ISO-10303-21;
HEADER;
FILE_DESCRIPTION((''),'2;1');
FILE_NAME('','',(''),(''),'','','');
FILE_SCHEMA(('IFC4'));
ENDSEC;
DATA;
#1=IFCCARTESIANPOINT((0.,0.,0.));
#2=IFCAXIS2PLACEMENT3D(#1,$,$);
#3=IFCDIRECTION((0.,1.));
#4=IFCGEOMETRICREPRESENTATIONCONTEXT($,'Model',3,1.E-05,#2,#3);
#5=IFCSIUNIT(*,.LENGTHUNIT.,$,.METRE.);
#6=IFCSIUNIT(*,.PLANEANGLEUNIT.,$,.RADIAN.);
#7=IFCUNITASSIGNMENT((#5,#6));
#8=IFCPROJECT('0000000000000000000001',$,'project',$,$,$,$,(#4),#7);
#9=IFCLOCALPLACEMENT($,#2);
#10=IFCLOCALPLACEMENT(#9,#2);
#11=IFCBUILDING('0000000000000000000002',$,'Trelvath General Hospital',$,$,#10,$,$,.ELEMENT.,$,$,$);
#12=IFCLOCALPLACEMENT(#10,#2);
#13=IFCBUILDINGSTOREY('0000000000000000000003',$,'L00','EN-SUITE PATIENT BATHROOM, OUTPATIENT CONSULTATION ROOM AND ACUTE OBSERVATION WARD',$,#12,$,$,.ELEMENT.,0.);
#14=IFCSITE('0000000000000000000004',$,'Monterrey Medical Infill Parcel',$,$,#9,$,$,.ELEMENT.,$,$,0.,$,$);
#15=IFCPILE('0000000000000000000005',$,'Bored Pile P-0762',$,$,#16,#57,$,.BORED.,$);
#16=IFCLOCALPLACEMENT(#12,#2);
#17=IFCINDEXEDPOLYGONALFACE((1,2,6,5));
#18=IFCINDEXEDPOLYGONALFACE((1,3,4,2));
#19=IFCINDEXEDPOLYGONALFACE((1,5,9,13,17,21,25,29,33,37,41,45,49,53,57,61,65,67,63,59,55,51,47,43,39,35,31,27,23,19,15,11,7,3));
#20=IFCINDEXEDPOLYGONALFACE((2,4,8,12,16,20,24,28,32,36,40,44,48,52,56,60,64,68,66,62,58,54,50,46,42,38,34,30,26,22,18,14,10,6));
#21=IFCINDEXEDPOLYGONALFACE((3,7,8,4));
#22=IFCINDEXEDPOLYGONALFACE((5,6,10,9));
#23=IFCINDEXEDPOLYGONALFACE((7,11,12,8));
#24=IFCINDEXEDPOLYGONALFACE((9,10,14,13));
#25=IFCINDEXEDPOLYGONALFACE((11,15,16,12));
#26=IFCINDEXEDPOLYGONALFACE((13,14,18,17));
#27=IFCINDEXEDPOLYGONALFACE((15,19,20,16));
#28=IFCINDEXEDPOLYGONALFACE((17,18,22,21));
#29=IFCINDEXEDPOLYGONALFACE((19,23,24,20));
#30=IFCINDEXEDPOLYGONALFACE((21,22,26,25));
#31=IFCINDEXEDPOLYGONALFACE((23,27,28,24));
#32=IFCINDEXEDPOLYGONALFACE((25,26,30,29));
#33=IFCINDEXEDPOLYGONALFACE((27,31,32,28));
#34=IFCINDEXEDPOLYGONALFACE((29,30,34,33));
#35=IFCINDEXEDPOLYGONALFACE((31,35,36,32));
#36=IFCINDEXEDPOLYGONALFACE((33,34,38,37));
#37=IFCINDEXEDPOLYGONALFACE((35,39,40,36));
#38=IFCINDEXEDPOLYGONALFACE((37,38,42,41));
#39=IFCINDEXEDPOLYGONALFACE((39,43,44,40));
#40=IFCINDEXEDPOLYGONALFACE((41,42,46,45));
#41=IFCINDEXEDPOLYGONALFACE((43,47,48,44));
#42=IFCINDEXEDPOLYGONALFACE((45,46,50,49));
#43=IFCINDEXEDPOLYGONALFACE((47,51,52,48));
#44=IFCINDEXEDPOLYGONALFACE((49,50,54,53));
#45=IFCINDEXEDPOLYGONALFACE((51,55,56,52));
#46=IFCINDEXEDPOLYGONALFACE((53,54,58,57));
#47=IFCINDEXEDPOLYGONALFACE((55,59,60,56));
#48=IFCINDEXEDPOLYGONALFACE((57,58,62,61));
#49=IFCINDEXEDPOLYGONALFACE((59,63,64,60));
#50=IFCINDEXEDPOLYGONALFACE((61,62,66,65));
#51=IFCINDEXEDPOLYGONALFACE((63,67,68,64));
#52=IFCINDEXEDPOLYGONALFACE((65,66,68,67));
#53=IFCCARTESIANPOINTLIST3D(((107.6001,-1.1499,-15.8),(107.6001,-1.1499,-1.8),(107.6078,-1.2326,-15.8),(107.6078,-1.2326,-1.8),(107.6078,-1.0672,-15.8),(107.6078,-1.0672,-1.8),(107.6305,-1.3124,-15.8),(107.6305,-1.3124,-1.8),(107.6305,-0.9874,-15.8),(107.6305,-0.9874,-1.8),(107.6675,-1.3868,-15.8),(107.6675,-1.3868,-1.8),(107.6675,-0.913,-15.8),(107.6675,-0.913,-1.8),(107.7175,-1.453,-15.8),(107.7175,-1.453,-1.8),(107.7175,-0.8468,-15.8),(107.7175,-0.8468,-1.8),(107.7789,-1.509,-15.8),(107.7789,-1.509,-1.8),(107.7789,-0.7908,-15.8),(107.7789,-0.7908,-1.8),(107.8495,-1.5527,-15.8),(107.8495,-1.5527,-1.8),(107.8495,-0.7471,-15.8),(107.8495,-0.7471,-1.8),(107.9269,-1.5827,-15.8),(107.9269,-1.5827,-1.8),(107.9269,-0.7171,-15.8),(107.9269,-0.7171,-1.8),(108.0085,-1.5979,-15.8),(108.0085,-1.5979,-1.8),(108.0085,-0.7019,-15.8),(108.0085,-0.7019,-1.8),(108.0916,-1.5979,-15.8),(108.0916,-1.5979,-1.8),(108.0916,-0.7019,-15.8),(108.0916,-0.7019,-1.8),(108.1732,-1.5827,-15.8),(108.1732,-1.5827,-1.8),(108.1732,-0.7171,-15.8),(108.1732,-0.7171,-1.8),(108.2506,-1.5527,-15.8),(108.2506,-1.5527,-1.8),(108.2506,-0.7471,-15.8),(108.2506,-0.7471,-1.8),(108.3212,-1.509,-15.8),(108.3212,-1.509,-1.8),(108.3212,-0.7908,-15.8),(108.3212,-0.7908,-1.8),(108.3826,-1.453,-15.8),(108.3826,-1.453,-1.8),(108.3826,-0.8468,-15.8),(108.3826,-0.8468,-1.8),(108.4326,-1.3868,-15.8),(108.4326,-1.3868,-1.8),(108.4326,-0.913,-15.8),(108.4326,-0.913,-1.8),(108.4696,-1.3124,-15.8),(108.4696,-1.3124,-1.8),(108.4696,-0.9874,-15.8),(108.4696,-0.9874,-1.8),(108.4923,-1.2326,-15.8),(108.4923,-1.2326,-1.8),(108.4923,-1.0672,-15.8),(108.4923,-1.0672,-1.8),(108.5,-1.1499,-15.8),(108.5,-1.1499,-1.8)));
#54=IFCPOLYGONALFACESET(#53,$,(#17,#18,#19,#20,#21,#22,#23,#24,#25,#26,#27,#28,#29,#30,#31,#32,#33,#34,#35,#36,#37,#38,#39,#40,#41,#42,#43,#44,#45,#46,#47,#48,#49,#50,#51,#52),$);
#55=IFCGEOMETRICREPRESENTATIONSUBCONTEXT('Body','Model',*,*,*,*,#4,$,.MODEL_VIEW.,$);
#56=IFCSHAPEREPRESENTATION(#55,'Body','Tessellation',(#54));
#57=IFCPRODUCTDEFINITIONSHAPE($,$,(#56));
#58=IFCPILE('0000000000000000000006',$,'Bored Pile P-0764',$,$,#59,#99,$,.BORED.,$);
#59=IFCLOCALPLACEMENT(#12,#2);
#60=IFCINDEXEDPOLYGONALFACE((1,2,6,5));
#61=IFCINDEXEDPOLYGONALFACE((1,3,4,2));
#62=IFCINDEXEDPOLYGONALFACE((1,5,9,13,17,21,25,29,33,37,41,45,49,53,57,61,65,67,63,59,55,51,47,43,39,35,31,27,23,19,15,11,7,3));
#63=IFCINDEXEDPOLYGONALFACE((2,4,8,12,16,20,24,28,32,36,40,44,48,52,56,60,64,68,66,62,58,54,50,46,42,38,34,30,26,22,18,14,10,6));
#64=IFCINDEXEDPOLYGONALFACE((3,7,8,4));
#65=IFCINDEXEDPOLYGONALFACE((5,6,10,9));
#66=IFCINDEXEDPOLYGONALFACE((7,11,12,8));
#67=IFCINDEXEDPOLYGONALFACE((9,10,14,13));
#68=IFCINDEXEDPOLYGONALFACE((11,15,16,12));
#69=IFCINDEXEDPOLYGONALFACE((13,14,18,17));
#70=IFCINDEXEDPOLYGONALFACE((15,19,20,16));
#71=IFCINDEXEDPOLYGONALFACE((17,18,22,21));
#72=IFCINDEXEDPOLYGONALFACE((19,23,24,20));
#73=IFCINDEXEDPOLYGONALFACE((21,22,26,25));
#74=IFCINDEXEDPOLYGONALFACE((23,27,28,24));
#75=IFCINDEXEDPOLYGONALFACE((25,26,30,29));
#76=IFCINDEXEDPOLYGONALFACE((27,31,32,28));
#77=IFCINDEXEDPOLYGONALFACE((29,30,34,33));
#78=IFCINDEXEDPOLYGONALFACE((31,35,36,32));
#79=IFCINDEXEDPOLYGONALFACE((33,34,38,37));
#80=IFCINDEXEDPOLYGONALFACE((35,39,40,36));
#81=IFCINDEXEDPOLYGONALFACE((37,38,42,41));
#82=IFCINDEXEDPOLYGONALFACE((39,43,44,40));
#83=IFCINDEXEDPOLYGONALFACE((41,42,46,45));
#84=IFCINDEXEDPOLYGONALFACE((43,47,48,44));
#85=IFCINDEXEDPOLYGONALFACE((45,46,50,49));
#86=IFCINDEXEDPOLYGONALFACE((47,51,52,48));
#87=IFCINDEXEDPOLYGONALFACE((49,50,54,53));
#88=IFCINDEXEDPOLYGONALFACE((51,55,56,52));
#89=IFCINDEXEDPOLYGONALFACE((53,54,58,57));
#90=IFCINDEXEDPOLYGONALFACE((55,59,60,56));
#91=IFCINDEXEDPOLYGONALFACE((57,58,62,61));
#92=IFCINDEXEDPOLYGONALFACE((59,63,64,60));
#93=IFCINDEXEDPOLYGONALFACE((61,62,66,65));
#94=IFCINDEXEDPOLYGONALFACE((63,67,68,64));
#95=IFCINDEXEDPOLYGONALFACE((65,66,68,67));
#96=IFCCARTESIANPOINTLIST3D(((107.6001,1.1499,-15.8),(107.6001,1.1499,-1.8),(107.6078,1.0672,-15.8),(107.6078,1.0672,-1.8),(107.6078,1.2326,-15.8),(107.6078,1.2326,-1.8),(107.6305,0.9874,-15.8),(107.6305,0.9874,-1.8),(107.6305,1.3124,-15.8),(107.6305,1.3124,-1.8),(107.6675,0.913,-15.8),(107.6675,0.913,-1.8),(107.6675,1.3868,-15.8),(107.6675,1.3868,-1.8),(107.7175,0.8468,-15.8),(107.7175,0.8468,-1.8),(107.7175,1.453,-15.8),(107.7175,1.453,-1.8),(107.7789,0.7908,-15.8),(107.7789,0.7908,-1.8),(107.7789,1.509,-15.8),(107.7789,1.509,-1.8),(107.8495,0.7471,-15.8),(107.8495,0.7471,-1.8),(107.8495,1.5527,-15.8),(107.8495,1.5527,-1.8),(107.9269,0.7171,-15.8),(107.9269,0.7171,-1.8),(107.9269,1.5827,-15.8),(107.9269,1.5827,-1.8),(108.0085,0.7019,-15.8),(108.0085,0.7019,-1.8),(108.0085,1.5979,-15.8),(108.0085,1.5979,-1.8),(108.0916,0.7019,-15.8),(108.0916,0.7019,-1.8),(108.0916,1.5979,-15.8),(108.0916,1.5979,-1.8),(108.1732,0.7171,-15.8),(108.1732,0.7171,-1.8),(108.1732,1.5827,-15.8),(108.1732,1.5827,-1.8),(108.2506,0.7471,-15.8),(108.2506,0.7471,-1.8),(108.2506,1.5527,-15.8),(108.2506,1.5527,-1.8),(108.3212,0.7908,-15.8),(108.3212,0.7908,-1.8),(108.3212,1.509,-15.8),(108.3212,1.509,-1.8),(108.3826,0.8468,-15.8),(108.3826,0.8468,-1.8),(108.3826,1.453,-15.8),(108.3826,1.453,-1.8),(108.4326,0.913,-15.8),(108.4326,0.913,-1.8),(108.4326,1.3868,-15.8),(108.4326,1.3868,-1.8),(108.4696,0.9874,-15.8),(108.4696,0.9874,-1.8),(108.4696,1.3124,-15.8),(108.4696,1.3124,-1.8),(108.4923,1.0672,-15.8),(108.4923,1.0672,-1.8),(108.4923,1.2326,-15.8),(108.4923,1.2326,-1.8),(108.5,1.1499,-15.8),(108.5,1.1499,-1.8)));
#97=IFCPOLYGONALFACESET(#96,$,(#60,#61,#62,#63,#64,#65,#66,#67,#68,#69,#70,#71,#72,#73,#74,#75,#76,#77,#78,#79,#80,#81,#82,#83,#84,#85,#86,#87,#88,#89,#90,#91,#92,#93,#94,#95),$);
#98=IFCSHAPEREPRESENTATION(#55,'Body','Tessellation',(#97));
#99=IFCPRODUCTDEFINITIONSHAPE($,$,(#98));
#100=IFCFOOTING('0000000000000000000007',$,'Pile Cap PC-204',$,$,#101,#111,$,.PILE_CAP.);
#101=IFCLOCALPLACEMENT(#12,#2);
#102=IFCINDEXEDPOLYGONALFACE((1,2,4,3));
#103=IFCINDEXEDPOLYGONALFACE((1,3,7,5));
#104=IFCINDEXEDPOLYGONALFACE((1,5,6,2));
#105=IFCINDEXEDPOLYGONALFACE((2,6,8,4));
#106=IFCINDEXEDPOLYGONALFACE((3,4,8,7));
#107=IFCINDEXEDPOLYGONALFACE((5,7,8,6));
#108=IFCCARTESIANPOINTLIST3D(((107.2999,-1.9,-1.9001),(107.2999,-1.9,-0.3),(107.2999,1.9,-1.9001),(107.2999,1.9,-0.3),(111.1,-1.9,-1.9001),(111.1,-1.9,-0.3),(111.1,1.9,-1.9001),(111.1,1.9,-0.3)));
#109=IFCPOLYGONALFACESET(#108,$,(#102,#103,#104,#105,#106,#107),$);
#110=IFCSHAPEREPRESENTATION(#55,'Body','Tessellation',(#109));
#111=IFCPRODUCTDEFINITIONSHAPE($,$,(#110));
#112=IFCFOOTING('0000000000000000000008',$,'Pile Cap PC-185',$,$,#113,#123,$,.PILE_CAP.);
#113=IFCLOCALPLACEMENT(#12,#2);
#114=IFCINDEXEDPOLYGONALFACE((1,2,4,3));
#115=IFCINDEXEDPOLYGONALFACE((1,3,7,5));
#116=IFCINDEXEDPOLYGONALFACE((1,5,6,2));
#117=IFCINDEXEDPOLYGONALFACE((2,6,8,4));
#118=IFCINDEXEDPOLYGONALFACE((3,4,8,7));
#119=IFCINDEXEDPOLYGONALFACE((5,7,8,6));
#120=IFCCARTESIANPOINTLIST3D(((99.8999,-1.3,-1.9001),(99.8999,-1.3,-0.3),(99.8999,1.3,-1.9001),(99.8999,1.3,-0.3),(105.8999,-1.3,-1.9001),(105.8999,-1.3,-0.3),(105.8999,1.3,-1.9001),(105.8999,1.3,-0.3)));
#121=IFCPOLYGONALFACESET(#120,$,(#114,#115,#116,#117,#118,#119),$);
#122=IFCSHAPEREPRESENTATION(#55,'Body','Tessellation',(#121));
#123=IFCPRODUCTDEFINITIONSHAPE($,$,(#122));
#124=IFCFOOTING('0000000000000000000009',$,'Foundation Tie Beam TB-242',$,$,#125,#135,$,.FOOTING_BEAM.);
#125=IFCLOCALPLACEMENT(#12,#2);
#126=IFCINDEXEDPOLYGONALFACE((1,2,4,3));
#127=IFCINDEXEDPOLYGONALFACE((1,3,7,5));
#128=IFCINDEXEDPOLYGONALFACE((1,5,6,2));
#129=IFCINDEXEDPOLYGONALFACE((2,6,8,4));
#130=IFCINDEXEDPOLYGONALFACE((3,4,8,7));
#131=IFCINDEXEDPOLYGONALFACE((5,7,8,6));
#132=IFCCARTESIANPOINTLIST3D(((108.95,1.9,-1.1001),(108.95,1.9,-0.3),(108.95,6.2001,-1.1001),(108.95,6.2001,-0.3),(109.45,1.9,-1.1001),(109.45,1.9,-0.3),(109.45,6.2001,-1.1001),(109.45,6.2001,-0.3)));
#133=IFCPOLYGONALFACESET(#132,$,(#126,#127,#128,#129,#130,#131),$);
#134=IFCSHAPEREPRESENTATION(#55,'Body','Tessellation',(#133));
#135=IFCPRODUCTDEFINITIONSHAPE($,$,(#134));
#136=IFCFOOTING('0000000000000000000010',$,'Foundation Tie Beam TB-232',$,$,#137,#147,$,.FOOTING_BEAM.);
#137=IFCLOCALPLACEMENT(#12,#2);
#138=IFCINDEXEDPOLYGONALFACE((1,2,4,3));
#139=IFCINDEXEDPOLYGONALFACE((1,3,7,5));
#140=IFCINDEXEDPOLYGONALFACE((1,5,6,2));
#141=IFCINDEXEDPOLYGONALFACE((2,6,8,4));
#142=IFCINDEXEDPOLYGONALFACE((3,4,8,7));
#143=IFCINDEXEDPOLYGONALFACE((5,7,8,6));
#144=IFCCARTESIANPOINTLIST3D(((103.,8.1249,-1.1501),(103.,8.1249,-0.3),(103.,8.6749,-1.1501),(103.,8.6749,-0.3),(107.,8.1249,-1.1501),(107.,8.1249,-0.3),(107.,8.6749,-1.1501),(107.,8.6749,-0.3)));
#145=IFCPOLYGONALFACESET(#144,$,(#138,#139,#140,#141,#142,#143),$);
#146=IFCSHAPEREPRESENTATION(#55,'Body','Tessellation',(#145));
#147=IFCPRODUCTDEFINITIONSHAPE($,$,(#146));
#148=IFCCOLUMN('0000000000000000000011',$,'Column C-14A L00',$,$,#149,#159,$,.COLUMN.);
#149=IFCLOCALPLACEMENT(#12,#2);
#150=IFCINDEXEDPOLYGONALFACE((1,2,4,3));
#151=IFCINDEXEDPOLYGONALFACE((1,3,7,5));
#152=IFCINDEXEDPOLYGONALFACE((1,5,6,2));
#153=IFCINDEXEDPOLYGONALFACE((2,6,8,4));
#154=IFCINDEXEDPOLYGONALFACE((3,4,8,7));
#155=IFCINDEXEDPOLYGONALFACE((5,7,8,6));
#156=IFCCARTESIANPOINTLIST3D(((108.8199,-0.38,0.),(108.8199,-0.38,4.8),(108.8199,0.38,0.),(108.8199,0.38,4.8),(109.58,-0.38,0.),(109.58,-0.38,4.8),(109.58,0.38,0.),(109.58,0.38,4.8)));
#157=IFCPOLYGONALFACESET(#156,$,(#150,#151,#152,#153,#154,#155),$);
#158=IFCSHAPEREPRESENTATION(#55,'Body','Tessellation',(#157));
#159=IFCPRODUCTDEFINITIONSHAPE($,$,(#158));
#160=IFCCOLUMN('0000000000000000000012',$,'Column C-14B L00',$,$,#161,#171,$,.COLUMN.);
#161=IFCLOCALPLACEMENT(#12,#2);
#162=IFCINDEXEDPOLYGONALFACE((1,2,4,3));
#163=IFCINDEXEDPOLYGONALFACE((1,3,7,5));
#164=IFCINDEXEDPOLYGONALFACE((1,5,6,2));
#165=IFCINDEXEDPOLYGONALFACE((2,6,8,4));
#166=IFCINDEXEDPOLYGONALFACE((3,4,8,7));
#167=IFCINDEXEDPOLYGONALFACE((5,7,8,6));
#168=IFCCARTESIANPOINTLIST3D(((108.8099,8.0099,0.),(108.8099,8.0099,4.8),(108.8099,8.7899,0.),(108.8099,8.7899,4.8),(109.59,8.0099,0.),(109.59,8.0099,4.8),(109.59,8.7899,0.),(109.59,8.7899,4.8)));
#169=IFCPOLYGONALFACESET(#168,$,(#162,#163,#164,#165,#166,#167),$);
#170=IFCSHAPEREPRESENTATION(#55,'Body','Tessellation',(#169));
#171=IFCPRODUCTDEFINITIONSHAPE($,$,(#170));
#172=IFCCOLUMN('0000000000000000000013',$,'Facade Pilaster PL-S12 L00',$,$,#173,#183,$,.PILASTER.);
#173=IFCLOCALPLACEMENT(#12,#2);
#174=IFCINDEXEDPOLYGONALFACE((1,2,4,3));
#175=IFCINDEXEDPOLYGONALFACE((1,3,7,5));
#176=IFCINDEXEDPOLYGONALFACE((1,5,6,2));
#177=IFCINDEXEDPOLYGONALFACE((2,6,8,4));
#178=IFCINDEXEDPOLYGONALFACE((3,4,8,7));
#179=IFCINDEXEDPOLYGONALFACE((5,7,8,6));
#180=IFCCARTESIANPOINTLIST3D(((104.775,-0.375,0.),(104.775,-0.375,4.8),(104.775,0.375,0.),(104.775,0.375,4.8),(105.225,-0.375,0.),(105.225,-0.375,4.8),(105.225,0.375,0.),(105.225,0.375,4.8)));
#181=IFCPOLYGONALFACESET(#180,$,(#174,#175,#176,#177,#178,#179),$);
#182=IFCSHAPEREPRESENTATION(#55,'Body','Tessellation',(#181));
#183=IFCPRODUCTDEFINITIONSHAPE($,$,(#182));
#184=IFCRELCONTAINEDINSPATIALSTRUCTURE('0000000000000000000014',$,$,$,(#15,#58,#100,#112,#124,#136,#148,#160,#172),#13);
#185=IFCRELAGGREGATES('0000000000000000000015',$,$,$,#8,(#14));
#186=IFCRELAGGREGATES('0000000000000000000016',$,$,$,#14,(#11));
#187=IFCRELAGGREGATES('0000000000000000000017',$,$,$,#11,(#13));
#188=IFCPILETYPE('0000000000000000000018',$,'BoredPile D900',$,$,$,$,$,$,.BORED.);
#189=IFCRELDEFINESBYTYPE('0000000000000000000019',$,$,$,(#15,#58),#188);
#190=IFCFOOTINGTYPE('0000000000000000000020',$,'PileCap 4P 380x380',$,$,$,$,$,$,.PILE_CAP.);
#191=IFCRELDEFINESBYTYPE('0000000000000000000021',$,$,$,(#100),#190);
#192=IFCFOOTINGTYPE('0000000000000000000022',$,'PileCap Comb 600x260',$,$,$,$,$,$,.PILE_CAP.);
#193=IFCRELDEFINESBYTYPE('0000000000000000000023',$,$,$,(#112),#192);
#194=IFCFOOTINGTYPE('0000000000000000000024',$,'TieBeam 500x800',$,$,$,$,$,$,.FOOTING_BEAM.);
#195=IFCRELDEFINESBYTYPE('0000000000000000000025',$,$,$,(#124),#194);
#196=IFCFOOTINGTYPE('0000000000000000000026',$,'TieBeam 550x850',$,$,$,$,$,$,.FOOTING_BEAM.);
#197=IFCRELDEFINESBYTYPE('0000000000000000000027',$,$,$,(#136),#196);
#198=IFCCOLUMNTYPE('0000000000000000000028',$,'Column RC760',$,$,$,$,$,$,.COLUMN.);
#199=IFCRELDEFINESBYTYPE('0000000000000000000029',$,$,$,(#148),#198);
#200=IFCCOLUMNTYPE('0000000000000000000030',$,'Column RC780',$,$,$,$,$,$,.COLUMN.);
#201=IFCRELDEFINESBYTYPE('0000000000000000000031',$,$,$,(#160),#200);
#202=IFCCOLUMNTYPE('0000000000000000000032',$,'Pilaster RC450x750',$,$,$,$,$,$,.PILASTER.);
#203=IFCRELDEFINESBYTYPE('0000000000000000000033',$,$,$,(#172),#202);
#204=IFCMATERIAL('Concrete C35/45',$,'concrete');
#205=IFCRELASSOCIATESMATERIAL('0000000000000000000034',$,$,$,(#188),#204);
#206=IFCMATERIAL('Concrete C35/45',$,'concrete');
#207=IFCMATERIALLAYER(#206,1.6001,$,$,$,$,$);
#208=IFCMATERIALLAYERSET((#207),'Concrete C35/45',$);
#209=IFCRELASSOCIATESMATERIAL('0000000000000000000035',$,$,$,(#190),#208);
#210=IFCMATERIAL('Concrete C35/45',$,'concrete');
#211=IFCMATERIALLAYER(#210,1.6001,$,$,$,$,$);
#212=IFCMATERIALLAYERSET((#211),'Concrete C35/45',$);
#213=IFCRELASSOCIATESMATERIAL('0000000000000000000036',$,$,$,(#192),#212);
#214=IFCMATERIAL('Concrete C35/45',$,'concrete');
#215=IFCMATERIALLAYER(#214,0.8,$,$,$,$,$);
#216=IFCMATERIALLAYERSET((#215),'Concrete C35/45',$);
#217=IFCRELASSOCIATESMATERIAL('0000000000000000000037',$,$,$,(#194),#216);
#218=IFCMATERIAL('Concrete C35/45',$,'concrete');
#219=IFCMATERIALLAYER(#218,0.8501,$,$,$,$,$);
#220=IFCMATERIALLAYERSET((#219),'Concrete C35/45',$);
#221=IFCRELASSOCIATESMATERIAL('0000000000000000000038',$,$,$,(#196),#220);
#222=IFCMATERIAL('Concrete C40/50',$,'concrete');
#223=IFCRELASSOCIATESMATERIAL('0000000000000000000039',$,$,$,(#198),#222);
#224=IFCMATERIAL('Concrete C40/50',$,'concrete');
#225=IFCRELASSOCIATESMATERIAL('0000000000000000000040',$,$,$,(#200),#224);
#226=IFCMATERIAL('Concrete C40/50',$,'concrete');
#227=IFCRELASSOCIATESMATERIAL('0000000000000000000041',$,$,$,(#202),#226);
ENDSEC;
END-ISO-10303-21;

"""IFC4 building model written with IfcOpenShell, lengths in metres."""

from ifc_helpers import new_model, si_unit, direction, frame, origin, origin_2d, place, context, subcontext, project, spatial, rectangle, circle, extrude, material, layer, layer_set, material_profile, profile_set, type_object, element, save


model = new_model("IFC4")

# Units and contexts
model_context = context("Model", 3, precision=1e-05, world=origin(), true_north=direction((0.0, 1.0)))
body_context = subcontext(model_context, "Body", "Model", "MODEL_VIEW")
ifc_project = project(units=[si_unit("LENGTHUNIT", "METRE"), si_unit("PLANEANGLEUNIT", "RADIAN")], contexts=[model_context])

# Site, building, storey
site_placement = place(None, origin())
site = spatial("IfcSite", under=ifc_project, at=site_placement, Name="Monterrey Medical Infill Parcel", CompositionType="ELEMENT", RefElevation=0.0)
building_placement = place(site_placement, origin())
building = spatial("IfcBuilding", under=site, at=building_placement, Name="Trelvath General Hospital", CompositionType="ELEMENT")
storey_placement = place(building_placement, origin())
storey = spatial("IfcBuildingStorey", under=building, at=storey_placement, Name="L00", Description="EN-SUITE PATIENT BATHROOM, OUTPATIENT CONSULTATION ROOM AND ACUTE OBSERVATION WARD", CompositionType="ELEMENT", Elevation=0.0)

# Piles
ifc_material_1 = material(Name="Concrete C35/45", Category="concrete")
ifc_material_profile_1 = material_profile(ifc_material_1, circle(Radius=0.45, at=origin_2d()), Name="PILE900")
ifc_profile_set_1 = profile_set([ifc_material_profile_1], Name="Concrete C35/45")
pile_type_1 = type_object("IfcPileType", Name="BoredPile D900", PredefinedType="BORED", material=ifc_profile_set_1)
for number, where, z_axis, x_axis, name in (
    (1, (108.05, -1.1499, -1.8), (0.0, 0.0, -1.0), (1.0, 0.0, 0.0), "Bored Pile P-0762"),
    (2, (108.05, 1.1499, -1.8), (0.0, 0.0, -1.0), (1.0, 0.0, 0.0), "Bored Pile P-0764"),
):
    element("IfcPile", number, at=place(storey_placement, frame(where, z_axis=z_axis, x_axis=x_axis)), inside=storey, type_object=pile_type_1, Name=name, PredefinedType="BORED", context=body_context, shape_type="SweptSolid", body=[
        extrude(circle(Radius=0.45, at=origin_2d()), origin(), (0.0, 0.0, 1.0), 14.0),
    ])

# Footings
ifc_material_2 = material(Name="Concrete C35/45", Category="concrete")
ifc_layer_1 = layer(ifc_material_2, 1.6001)
ifc_layer_set_1 = layer_set([ifc_layer_1], Name="Concrete C35/45")
footing_type_1 = type_object("IfcFootingType", Name="PileCap 4P 380x380", PredefinedType="PILE_CAP", material=ifc_layer_set_1)
footing_1_placement = place(storey_placement, frame((109.2, 0.0, -1.9001), z_axis=(0.0, 0.0, 1.0), x_axis=(1.0, 0.0, 0.0)))
element("IfcFooting", 3, at=footing_1_placement, inside=storey, type_object=footing_type_1, Name="Pile Cap PC-204", PredefinedType="PILE_CAP", context=body_context, shape_type="SweptSolid", body=[
    extrude(rectangle(XDim=3.8, YDim=3.8, at=origin_2d()), origin(), (0.0, 0.0, 1.0), 1.6001),
])
ifc_material_3 = material(Name="Concrete C35/45", Category="concrete")
ifc_layer_2 = layer(ifc_material_3, 1.6001)
ifc_layer_set_2 = layer_set([ifc_layer_2], Name="Concrete C35/45")
footing_type_2 = type_object("IfcFootingType", Name="PileCap Comb 600x260", PredefinedType="PILE_CAP", material=ifc_layer_set_2)
footing_2_placement = place(storey_placement, frame((102.8999, 0.0, -1.9001), z_axis=(0.0, 0.0, 1.0), x_axis=(1.0, 0.0, 0.0)))
element("IfcFooting", 4, at=footing_2_placement, inside=storey, type_object=footing_type_2, Name="Pile Cap PC-185", PredefinedType="PILE_CAP", context=body_context, shape_type="SweptSolid", body=[
    extrude(rectangle(XDim=6.0, YDim=2.6001, at=origin_2d()), origin(), (0.0, 0.0, 1.0), 1.6001),
])
ifc_material_4 = material(Name="Concrete C35/45", Category="concrete")
ifc_layer_3 = layer(ifc_material_4, 0.8)
ifc_layer_set_3 = layer_set([ifc_layer_3], Name="Concrete C35/45")
footing_type_3 = type_object("IfcFootingType", Name="TieBeam 500x800", PredefinedType="FOOTING_BEAM", material=ifc_layer_set_3)
footing_3_placement = place(storey_placement, frame((109.2, 4.05, -1.1001), z_axis=(0.0, 0.0, 1.0), x_axis=(1.0, 0.0, 0.0)))
element("IfcFooting", 5, at=footing_3_placement, inside=storey, type_object=footing_type_3, Name="Foundation Tie Beam TB-242", PredefinedType="FOOTING_BEAM", context=body_context, shape_type="SweptSolid", body=[
    extrude(rectangle(XDim=0.5, YDim=4.3, at=origin_2d()), origin(), (0.0, 0.0, 1.0), 0.8),
])
ifc_material_5 = material(Name="Concrete C35/45", Category="concrete")
ifc_layer_4 = layer(ifc_material_5, 0.8501)
ifc_layer_set_4 = layer_set([ifc_layer_4], Name="Concrete C35/45")
footing_type_4 = type_object("IfcFootingType", Name="TieBeam 550x850", PredefinedType="FOOTING_BEAM", material=ifc_layer_set_4)
footing_4_placement = place(storey_placement, frame((105.0, 8.3999, -1.1501), z_axis=(0.0, 0.0, 1.0), x_axis=(1.0, 0.0, 0.0)))
element("IfcFooting", 6, at=footing_4_placement, inside=storey, type_object=footing_type_4, Name="Foundation Tie Beam TB-232", PredefinedType="FOOTING_BEAM", context=body_context, shape_type="SweptSolid", body=[
    extrude(rectangle(XDim=4.0, YDim=0.55, at=origin_2d()), origin(), (0.0, 0.0, 1.0), 0.8501),
])

# Columns
ifc_material_6 = material(Name="Concrete C40/50", Category="concrete")
ifc_material_profile_2 = material_profile(ifc_material_6, rectangle(XDim=0.76, YDim=0.76, at=origin_2d()), Name="RC760x760")
ifc_profile_set_2 = profile_set([ifc_material_profile_2], Name="Concrete C40/50")
column_type_1 = type_object("IfcColumnType", Name="Column RC760", PredefinedType="COLUMN", material=ifc_profile_set_2)
column_1_placement = place(storey_placement, frame((109.2, 0.0, 0.0), z_axis=(0.0, 0.0, 1.0), x_axis=(1.0, 0.0, 0.0)))
element("IfcColumn", 7, at=column_1_placement, inside=storey, type_object=column_type_1, Name="Column C-14A L00", PredefinedType="COLUMN", context=body_context, shape_type="SweptSolid", body=[
    extrude(rectangle(XDim=0.76, YDim=0.76, at=origin_2d()), origin(), (0.0, 0.0, 1.0), 4.8),
])
ifc_material_7 = material(Name="Concrete C40/50", Category="concrete")
ifc_material_profile_3 = material_profile(ifc_material_7, rectangle(XDim=0.78, YDim=0.78, at=origin_2d()), Name="RC780x780")
ifc_profile_set_3 = profile_set([ifc_material_profile_3], Name="Concrete C40/50")
column_type_2 = type_object("IfcColumnType", Name="Column RC780", PredefinedType="COLUMN", material=ifc_profile_set_3)
column_2_placement = place(storey_placement, frame((109.2, 8.3999, 0.0), z_axis=(0.0, 0.0, 1.0), x_axis=(1.0, 0.0, 0.0)))
element("IfcColumn", 8, at=column_2_placement, inside=storey, type_object=column_type_2, Name="Column C-14B L00", PredefinedType="COLUMN", context=body_context, shape_type="SweptSolid", body=[
    extrude(rectangle(XDim=0.78, YDim=0.78, at=origin_2d()), origin(), (0.0, 0.0, 1.0), 4.8),
])
ifc_material_8 = material(Name="Concrete C40/50", Category="concrete")
ifc_material_profile_4 = material_profile(ifc_material_8, rectangle(XDim=0.45, YDim=0.75, at=origin_2d()), Name="RC450x750")
ifc_profile_set_4 = profile_set([ifc_material_profile_4], Name="Concrete C40/50")
column_type_3 = type_object("IfcColumnType", Name="Pilaster RC450x750", PredefinedType="PILASTER", material=ifc_profile_set_4)
column_3_placement = place(storey_placement, frame((105.0, 0.0, 0.0), z_axis=(0.0, 0.0, 1.0), x_axis=(1.0, 0.0, 0.0)))
element("IfcColumn", 9, at=column_3_placement, inside=storey, type_object=column_type_3, Name="Facade Pilaster PL-S12 L00", PredefinedType="PILASTER", context=body_context, shape_type="SweptSolid", body=[
    extrude(rectangle(XDim=0.45, YDim=0.75, at=origin_2d()), origin(), (0.0, 0.0, 1.0), 4.8),
])

save(model, "model.ifc")
